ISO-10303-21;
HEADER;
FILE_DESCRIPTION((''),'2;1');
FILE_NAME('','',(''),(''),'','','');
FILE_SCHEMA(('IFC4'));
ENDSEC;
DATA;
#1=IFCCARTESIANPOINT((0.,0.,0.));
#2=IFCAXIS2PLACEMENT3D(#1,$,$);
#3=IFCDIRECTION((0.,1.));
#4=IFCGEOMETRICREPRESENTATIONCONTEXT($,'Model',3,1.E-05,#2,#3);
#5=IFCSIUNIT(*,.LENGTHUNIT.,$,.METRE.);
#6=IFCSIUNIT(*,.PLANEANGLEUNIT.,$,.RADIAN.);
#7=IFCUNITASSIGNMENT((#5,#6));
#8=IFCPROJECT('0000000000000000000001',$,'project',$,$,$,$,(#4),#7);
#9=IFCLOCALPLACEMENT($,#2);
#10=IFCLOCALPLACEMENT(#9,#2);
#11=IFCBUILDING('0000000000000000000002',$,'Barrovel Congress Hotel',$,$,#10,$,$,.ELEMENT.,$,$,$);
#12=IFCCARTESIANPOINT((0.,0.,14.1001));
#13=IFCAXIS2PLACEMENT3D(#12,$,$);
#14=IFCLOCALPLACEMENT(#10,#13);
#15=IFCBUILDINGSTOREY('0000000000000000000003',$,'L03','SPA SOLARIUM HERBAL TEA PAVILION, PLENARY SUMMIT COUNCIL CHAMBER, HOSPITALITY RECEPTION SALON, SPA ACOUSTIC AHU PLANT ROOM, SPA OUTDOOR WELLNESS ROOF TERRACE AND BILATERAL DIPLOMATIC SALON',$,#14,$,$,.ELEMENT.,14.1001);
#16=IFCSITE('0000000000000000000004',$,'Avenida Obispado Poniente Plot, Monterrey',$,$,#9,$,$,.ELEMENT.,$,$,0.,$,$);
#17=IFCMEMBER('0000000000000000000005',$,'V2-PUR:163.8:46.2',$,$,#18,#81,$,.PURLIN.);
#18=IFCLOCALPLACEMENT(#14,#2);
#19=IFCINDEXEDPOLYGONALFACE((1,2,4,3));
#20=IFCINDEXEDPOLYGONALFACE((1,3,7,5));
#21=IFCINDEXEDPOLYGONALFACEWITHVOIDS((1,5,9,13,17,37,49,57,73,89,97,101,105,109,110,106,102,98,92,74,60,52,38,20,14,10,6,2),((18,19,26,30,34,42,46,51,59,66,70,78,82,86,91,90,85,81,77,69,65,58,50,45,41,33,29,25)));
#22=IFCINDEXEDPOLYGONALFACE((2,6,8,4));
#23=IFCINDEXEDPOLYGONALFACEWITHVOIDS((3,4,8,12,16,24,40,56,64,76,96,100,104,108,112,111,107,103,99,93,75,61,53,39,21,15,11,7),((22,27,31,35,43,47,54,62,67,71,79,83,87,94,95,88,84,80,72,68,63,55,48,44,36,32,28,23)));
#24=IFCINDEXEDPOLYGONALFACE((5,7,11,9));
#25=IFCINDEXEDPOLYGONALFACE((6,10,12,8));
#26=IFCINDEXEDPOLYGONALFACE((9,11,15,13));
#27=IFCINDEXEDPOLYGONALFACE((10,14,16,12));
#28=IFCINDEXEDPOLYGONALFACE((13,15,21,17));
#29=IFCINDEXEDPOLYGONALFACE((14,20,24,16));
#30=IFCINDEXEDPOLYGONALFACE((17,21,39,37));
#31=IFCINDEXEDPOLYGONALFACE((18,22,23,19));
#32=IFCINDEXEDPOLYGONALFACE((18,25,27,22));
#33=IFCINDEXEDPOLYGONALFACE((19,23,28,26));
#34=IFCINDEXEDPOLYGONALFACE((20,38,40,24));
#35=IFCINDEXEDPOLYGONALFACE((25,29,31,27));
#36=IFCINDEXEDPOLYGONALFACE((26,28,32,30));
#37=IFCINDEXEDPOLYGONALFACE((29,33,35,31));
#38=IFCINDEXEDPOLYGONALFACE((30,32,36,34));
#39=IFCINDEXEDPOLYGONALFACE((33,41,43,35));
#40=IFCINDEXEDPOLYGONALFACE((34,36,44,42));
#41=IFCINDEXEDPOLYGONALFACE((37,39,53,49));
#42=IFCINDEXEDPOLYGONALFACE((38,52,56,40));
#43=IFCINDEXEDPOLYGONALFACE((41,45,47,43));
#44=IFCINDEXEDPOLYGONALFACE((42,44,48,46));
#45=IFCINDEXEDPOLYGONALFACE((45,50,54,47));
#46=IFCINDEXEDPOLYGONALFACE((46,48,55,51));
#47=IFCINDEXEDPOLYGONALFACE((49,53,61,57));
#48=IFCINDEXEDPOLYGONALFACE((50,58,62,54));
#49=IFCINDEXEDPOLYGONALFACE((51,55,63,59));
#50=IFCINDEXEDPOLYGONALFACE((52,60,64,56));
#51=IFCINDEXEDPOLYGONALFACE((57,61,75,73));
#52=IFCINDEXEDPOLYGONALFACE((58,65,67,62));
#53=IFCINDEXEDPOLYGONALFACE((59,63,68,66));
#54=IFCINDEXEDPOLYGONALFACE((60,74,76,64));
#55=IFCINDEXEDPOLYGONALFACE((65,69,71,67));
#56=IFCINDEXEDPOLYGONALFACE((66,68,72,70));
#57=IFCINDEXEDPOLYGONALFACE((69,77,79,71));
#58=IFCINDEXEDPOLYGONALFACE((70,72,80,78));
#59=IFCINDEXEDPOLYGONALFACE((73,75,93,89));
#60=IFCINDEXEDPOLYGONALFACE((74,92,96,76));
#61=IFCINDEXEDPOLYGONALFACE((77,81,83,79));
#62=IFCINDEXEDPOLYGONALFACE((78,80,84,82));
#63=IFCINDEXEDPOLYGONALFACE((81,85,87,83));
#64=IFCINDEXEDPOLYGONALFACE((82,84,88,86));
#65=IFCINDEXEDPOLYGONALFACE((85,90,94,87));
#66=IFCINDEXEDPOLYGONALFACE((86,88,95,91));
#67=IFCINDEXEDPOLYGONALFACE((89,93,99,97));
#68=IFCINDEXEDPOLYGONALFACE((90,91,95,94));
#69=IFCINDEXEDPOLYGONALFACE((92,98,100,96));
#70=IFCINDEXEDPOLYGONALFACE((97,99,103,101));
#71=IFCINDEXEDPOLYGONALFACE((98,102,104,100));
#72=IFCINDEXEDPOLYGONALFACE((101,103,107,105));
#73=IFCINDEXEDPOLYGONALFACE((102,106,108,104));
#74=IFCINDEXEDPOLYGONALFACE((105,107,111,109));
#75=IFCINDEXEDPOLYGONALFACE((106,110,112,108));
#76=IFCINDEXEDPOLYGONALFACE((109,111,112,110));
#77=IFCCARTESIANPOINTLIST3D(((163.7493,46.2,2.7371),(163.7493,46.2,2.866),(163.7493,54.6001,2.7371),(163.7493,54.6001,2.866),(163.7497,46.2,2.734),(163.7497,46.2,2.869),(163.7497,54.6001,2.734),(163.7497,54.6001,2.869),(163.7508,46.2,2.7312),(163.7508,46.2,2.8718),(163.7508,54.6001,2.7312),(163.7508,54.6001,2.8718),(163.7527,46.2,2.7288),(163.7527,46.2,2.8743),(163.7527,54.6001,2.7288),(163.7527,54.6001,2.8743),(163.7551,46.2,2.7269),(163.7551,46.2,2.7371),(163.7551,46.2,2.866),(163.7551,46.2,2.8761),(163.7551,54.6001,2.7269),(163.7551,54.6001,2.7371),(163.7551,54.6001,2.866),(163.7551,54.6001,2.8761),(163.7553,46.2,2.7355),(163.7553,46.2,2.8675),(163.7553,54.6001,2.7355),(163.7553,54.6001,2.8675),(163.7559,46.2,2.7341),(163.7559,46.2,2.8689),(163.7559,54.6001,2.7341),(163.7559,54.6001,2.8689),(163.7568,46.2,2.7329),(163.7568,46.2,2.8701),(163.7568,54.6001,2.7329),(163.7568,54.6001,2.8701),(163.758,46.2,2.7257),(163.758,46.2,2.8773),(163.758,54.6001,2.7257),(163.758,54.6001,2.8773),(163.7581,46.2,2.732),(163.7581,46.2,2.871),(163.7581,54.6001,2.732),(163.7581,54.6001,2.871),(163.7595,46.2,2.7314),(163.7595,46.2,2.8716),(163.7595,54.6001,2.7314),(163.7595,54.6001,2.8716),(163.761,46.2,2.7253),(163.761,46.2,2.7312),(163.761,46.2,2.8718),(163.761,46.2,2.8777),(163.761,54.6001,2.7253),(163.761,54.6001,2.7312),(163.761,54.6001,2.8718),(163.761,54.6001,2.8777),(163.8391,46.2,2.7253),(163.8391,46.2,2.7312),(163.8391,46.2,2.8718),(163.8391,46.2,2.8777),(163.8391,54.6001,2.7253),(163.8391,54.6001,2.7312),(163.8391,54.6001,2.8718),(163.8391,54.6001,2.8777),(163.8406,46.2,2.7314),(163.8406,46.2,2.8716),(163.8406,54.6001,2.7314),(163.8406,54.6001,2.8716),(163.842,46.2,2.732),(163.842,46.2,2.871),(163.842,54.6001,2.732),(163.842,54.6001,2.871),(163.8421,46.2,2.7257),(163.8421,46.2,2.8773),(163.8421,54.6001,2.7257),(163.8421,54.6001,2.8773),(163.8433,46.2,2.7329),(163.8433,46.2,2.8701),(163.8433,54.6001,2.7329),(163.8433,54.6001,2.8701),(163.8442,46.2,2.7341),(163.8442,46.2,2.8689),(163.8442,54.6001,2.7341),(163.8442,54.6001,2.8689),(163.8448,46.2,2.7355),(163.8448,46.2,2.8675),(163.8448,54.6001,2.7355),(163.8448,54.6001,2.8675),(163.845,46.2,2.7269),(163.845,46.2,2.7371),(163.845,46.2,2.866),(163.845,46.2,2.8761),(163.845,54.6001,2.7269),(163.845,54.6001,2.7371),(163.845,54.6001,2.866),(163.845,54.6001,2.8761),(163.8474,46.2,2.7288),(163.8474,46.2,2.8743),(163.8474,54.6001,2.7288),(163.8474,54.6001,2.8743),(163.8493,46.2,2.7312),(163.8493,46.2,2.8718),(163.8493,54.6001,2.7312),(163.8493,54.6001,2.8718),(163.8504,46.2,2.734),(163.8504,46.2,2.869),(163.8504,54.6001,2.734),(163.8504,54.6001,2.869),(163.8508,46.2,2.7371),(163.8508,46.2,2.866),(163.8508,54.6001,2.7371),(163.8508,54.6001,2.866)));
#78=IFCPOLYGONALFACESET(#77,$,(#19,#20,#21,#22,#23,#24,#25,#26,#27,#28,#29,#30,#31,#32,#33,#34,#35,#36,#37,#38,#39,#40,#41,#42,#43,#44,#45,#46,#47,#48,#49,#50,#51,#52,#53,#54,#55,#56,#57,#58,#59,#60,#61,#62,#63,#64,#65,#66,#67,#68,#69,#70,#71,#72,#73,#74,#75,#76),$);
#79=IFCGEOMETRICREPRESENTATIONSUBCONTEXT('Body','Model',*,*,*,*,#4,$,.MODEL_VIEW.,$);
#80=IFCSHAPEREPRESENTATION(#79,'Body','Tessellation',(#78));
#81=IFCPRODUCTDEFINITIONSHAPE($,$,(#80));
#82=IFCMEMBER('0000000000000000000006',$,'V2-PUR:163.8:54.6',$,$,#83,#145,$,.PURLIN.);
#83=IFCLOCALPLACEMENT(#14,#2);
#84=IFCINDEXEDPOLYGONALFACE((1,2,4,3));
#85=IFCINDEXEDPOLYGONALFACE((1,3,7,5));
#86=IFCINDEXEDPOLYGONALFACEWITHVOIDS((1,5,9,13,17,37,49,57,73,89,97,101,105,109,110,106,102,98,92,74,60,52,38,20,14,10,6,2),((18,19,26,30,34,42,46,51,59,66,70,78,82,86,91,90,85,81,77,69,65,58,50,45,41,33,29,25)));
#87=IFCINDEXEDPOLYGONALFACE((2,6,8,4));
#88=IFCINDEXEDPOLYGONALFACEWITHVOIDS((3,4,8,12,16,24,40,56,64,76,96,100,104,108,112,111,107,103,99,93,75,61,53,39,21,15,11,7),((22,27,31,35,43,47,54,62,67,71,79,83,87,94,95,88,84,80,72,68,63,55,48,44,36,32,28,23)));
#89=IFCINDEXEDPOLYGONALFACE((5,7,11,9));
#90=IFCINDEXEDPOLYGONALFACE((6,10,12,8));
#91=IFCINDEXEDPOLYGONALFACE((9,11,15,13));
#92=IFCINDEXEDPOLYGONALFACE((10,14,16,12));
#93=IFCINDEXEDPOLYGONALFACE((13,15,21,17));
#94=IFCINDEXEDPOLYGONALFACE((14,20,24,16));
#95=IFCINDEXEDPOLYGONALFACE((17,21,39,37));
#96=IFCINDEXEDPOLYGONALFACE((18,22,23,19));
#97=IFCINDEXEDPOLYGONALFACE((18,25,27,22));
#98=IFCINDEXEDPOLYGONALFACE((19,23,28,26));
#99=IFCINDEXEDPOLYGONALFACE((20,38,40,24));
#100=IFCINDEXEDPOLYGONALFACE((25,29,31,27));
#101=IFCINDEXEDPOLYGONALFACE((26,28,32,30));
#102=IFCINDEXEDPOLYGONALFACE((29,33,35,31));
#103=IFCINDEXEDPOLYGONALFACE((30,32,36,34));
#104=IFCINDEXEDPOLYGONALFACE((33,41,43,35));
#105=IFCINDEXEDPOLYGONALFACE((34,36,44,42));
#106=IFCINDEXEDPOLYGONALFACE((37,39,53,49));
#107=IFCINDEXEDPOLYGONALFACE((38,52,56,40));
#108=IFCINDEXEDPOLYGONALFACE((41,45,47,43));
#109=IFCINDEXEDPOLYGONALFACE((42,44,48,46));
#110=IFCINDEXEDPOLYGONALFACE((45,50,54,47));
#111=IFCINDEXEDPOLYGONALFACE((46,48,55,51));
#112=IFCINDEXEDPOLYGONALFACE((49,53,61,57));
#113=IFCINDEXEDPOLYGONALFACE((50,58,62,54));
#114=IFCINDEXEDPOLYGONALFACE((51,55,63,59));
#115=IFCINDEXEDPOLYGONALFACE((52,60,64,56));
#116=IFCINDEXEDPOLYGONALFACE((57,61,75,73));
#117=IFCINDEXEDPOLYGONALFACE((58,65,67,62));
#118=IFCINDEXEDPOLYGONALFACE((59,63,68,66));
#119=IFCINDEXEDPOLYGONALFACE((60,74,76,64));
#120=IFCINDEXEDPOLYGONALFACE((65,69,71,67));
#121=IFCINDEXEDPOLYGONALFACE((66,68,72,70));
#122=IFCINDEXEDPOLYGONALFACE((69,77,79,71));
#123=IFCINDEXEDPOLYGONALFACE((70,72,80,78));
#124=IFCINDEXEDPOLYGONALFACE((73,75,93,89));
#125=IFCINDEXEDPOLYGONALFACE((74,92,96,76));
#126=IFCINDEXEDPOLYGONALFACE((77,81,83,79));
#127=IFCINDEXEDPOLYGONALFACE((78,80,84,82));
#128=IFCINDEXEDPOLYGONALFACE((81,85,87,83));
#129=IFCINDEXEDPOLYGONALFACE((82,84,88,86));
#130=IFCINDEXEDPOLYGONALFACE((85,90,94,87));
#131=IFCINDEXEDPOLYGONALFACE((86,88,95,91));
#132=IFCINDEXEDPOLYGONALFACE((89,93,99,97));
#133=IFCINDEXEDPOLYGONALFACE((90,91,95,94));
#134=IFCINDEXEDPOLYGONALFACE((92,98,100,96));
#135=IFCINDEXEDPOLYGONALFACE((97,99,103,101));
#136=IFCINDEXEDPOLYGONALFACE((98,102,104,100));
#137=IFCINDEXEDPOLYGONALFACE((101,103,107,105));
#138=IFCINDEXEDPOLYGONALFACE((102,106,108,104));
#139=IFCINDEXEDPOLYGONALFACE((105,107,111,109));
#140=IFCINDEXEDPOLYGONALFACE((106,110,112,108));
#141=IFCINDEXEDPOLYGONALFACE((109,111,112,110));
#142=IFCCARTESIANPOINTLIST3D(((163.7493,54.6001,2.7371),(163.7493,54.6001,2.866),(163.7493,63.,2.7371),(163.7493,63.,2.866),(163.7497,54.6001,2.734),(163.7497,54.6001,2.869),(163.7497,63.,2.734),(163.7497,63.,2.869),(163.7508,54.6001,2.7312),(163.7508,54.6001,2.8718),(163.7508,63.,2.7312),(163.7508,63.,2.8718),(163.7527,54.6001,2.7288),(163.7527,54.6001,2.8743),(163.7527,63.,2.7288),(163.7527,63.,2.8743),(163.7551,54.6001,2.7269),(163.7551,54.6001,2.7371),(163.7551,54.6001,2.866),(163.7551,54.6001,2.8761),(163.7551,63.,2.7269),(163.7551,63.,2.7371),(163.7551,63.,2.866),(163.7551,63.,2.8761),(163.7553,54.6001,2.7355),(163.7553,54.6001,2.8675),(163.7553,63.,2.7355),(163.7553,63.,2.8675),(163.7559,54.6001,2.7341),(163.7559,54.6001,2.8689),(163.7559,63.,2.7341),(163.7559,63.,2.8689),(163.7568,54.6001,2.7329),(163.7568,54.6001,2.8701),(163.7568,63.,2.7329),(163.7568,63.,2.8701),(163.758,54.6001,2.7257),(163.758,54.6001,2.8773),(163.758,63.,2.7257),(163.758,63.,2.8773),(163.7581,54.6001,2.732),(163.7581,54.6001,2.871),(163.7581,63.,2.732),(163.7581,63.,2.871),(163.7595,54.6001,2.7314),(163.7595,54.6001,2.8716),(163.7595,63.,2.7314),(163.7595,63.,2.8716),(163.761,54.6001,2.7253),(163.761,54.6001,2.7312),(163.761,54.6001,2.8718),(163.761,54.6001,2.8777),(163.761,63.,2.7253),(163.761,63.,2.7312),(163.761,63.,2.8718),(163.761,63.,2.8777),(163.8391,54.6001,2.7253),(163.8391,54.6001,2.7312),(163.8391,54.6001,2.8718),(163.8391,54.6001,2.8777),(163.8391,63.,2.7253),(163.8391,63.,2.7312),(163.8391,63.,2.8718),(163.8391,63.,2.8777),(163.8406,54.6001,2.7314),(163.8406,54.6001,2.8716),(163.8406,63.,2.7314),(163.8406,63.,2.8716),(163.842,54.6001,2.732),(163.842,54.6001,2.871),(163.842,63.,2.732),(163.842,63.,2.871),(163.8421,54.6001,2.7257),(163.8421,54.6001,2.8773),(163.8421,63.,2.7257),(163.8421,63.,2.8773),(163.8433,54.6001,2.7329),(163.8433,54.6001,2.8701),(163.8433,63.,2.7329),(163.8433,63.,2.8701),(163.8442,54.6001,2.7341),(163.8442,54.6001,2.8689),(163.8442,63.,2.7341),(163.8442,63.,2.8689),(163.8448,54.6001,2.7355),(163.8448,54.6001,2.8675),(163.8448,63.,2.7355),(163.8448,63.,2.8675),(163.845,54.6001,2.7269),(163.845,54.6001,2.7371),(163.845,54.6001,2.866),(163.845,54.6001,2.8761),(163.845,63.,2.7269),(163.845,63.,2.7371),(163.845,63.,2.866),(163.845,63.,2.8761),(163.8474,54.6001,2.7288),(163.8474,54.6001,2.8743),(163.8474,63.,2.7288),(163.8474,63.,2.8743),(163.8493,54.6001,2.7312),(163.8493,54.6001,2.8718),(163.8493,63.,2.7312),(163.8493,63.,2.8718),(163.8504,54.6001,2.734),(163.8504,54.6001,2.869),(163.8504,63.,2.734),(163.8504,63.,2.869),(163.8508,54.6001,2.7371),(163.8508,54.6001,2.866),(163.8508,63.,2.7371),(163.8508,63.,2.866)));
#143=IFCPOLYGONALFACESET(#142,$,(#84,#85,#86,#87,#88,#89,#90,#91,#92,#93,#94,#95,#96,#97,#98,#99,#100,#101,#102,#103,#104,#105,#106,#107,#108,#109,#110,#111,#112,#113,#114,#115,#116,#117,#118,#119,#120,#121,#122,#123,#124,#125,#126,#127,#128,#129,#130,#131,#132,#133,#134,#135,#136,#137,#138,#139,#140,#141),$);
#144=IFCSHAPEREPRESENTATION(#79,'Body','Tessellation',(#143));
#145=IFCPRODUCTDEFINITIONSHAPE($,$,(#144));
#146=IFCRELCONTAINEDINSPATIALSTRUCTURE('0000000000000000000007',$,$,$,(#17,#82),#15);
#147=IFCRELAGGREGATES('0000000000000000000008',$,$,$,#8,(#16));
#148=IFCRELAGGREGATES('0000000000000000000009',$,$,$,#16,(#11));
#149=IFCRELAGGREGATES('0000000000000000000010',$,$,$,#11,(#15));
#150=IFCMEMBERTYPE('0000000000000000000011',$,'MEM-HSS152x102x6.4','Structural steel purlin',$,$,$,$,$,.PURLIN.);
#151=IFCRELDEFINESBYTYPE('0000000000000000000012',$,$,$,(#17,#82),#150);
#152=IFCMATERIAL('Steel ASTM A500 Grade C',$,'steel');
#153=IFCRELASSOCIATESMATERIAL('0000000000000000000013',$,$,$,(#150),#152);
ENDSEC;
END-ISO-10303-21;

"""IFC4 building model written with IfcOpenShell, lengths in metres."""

from ifc_helpers import new_model, si_unit, direction, frame, origin, origin_2d, place, context, subcontext, project, spatial, hollow_rectangle, extrude, material, material_profile, profile_set, type_object, element, save


model = new_model("IFC4")

# Units and contexts
model_context = context("Model", 3, precision=1e-05, world=origin(), true_north=direction((0.0, 1.0)))
body_context = subcontext(model_context, "Body", "Model", "MODEL_VIEW")
ifc_project = project(units=[si_unit("LENGTHUNIT", "METRE"), si_unit("PLANEANGLEUNIT", "RADIAN")], contexts=[model_context])

# Site, building, storey
site_placement = place(None, origin())
site = spatial("IfcSite", under=ifc_project, at=site_placement, Name="Avenida Obispado Poniente Plot, Monterrey", CompositionType="ELEMENT", RefElevation=0.0)
building_placement = place(site_placement, origin())
building = spatial("IfcBuilding", under=site, at=building_placement, Name="Barrovel Congress Hotel", CompositionType="ELEMENT")
storey_placement = place(building_placement, frame((0.0, 0.0, 14.1001)))
storey = spatial("IfcBuildingStorey", under=building, at=storey_placement, Name="L03", Description="SPA SOLARIUM HERBAL TEA PAVILION, PLENARY SUMMIT COUNCIL CHAMBER, HOSPITALITY RECEPTION SALON, SPA ACOUSTIC AHU PLANT ROOM, SPA OUTDOOR WELLNESS ROOF TERRACE AND BILATERAL DIPLOMATIC SALON", CompositionType="ELEMENT", Elevation=14.1001)

# Members
ifc_material_1 = material(Name="Steel ASTM A500 Grade C", Category="steel")
ifc_material_profile_1 = material_profile(ifc_material_1, hollow_rectangle(XDim=0.1016, YDim=0.1523, WallThickness=0.0059, InnerFilletRadius=0.0059, OuterFilletRadius=0.0117, at=origin_2d()), Name="HSS152x102x6.4")
ifc_profile_set_1 = profile_set([ifc_material_profile_1], Name="Steel ASTM A500 Grade C")
member_type_1 = type_object("IfcMemberType", Name="MEM-HSS152x102x6.4", Description="Structural steel purlin", PredefinedType="PURLIN", material=ifc_profile_set_1)
member_1_placement = place(storey_placement, frame((163.8, 46.2, 2.8015), z_axis=(0.0, 1.0, 0.0), x_axis=(-1.0, 0.0, 0.0)))
element("IfcMember", 1, at=member_1_placement, inside=storey, type_object=member_type_1, Name="V2-PUR:163.8:46.2", PredefinedType="PURLIN", context=body_context, shape_type="SweptSolid", body=[
    extrude(hollow_rectangle(XDim=0.1016, YDim=0.1523, WallThickness=0.0059, InnerFilletRadius=0.0059, OuterFilletRadius=0.0117, at=origin_2d()), origin(), (0.0, 0.0, 1.0), 8.4001),
])
member_2_placement = place(storey_placement, frame((163.8, 54.6001, 2.8015), z_axis=(0.0, 1.0, 0.0), x_axis=(-1.0, 0.0, 0.0)))
element("IfcMember", 2, at=member_2_placement, inside=storey, type_object=member_type_1, Name="V2-PUR:163.8:54.6", PredefinedType="PURLIN", context=body_context, shape_type="SweptSolid", body=[
    extrude(hollow_rectangle(XDim=0.1016, YDim=0.1523, WallThickness=0.0059, InnerFilletRadius=0.0059, OuterFilletRadius=0.0117, at=origin_2d()), origin(), (0.0, 0.0, 1.0), 8.3999),
])

save(model, "model.ifc")
